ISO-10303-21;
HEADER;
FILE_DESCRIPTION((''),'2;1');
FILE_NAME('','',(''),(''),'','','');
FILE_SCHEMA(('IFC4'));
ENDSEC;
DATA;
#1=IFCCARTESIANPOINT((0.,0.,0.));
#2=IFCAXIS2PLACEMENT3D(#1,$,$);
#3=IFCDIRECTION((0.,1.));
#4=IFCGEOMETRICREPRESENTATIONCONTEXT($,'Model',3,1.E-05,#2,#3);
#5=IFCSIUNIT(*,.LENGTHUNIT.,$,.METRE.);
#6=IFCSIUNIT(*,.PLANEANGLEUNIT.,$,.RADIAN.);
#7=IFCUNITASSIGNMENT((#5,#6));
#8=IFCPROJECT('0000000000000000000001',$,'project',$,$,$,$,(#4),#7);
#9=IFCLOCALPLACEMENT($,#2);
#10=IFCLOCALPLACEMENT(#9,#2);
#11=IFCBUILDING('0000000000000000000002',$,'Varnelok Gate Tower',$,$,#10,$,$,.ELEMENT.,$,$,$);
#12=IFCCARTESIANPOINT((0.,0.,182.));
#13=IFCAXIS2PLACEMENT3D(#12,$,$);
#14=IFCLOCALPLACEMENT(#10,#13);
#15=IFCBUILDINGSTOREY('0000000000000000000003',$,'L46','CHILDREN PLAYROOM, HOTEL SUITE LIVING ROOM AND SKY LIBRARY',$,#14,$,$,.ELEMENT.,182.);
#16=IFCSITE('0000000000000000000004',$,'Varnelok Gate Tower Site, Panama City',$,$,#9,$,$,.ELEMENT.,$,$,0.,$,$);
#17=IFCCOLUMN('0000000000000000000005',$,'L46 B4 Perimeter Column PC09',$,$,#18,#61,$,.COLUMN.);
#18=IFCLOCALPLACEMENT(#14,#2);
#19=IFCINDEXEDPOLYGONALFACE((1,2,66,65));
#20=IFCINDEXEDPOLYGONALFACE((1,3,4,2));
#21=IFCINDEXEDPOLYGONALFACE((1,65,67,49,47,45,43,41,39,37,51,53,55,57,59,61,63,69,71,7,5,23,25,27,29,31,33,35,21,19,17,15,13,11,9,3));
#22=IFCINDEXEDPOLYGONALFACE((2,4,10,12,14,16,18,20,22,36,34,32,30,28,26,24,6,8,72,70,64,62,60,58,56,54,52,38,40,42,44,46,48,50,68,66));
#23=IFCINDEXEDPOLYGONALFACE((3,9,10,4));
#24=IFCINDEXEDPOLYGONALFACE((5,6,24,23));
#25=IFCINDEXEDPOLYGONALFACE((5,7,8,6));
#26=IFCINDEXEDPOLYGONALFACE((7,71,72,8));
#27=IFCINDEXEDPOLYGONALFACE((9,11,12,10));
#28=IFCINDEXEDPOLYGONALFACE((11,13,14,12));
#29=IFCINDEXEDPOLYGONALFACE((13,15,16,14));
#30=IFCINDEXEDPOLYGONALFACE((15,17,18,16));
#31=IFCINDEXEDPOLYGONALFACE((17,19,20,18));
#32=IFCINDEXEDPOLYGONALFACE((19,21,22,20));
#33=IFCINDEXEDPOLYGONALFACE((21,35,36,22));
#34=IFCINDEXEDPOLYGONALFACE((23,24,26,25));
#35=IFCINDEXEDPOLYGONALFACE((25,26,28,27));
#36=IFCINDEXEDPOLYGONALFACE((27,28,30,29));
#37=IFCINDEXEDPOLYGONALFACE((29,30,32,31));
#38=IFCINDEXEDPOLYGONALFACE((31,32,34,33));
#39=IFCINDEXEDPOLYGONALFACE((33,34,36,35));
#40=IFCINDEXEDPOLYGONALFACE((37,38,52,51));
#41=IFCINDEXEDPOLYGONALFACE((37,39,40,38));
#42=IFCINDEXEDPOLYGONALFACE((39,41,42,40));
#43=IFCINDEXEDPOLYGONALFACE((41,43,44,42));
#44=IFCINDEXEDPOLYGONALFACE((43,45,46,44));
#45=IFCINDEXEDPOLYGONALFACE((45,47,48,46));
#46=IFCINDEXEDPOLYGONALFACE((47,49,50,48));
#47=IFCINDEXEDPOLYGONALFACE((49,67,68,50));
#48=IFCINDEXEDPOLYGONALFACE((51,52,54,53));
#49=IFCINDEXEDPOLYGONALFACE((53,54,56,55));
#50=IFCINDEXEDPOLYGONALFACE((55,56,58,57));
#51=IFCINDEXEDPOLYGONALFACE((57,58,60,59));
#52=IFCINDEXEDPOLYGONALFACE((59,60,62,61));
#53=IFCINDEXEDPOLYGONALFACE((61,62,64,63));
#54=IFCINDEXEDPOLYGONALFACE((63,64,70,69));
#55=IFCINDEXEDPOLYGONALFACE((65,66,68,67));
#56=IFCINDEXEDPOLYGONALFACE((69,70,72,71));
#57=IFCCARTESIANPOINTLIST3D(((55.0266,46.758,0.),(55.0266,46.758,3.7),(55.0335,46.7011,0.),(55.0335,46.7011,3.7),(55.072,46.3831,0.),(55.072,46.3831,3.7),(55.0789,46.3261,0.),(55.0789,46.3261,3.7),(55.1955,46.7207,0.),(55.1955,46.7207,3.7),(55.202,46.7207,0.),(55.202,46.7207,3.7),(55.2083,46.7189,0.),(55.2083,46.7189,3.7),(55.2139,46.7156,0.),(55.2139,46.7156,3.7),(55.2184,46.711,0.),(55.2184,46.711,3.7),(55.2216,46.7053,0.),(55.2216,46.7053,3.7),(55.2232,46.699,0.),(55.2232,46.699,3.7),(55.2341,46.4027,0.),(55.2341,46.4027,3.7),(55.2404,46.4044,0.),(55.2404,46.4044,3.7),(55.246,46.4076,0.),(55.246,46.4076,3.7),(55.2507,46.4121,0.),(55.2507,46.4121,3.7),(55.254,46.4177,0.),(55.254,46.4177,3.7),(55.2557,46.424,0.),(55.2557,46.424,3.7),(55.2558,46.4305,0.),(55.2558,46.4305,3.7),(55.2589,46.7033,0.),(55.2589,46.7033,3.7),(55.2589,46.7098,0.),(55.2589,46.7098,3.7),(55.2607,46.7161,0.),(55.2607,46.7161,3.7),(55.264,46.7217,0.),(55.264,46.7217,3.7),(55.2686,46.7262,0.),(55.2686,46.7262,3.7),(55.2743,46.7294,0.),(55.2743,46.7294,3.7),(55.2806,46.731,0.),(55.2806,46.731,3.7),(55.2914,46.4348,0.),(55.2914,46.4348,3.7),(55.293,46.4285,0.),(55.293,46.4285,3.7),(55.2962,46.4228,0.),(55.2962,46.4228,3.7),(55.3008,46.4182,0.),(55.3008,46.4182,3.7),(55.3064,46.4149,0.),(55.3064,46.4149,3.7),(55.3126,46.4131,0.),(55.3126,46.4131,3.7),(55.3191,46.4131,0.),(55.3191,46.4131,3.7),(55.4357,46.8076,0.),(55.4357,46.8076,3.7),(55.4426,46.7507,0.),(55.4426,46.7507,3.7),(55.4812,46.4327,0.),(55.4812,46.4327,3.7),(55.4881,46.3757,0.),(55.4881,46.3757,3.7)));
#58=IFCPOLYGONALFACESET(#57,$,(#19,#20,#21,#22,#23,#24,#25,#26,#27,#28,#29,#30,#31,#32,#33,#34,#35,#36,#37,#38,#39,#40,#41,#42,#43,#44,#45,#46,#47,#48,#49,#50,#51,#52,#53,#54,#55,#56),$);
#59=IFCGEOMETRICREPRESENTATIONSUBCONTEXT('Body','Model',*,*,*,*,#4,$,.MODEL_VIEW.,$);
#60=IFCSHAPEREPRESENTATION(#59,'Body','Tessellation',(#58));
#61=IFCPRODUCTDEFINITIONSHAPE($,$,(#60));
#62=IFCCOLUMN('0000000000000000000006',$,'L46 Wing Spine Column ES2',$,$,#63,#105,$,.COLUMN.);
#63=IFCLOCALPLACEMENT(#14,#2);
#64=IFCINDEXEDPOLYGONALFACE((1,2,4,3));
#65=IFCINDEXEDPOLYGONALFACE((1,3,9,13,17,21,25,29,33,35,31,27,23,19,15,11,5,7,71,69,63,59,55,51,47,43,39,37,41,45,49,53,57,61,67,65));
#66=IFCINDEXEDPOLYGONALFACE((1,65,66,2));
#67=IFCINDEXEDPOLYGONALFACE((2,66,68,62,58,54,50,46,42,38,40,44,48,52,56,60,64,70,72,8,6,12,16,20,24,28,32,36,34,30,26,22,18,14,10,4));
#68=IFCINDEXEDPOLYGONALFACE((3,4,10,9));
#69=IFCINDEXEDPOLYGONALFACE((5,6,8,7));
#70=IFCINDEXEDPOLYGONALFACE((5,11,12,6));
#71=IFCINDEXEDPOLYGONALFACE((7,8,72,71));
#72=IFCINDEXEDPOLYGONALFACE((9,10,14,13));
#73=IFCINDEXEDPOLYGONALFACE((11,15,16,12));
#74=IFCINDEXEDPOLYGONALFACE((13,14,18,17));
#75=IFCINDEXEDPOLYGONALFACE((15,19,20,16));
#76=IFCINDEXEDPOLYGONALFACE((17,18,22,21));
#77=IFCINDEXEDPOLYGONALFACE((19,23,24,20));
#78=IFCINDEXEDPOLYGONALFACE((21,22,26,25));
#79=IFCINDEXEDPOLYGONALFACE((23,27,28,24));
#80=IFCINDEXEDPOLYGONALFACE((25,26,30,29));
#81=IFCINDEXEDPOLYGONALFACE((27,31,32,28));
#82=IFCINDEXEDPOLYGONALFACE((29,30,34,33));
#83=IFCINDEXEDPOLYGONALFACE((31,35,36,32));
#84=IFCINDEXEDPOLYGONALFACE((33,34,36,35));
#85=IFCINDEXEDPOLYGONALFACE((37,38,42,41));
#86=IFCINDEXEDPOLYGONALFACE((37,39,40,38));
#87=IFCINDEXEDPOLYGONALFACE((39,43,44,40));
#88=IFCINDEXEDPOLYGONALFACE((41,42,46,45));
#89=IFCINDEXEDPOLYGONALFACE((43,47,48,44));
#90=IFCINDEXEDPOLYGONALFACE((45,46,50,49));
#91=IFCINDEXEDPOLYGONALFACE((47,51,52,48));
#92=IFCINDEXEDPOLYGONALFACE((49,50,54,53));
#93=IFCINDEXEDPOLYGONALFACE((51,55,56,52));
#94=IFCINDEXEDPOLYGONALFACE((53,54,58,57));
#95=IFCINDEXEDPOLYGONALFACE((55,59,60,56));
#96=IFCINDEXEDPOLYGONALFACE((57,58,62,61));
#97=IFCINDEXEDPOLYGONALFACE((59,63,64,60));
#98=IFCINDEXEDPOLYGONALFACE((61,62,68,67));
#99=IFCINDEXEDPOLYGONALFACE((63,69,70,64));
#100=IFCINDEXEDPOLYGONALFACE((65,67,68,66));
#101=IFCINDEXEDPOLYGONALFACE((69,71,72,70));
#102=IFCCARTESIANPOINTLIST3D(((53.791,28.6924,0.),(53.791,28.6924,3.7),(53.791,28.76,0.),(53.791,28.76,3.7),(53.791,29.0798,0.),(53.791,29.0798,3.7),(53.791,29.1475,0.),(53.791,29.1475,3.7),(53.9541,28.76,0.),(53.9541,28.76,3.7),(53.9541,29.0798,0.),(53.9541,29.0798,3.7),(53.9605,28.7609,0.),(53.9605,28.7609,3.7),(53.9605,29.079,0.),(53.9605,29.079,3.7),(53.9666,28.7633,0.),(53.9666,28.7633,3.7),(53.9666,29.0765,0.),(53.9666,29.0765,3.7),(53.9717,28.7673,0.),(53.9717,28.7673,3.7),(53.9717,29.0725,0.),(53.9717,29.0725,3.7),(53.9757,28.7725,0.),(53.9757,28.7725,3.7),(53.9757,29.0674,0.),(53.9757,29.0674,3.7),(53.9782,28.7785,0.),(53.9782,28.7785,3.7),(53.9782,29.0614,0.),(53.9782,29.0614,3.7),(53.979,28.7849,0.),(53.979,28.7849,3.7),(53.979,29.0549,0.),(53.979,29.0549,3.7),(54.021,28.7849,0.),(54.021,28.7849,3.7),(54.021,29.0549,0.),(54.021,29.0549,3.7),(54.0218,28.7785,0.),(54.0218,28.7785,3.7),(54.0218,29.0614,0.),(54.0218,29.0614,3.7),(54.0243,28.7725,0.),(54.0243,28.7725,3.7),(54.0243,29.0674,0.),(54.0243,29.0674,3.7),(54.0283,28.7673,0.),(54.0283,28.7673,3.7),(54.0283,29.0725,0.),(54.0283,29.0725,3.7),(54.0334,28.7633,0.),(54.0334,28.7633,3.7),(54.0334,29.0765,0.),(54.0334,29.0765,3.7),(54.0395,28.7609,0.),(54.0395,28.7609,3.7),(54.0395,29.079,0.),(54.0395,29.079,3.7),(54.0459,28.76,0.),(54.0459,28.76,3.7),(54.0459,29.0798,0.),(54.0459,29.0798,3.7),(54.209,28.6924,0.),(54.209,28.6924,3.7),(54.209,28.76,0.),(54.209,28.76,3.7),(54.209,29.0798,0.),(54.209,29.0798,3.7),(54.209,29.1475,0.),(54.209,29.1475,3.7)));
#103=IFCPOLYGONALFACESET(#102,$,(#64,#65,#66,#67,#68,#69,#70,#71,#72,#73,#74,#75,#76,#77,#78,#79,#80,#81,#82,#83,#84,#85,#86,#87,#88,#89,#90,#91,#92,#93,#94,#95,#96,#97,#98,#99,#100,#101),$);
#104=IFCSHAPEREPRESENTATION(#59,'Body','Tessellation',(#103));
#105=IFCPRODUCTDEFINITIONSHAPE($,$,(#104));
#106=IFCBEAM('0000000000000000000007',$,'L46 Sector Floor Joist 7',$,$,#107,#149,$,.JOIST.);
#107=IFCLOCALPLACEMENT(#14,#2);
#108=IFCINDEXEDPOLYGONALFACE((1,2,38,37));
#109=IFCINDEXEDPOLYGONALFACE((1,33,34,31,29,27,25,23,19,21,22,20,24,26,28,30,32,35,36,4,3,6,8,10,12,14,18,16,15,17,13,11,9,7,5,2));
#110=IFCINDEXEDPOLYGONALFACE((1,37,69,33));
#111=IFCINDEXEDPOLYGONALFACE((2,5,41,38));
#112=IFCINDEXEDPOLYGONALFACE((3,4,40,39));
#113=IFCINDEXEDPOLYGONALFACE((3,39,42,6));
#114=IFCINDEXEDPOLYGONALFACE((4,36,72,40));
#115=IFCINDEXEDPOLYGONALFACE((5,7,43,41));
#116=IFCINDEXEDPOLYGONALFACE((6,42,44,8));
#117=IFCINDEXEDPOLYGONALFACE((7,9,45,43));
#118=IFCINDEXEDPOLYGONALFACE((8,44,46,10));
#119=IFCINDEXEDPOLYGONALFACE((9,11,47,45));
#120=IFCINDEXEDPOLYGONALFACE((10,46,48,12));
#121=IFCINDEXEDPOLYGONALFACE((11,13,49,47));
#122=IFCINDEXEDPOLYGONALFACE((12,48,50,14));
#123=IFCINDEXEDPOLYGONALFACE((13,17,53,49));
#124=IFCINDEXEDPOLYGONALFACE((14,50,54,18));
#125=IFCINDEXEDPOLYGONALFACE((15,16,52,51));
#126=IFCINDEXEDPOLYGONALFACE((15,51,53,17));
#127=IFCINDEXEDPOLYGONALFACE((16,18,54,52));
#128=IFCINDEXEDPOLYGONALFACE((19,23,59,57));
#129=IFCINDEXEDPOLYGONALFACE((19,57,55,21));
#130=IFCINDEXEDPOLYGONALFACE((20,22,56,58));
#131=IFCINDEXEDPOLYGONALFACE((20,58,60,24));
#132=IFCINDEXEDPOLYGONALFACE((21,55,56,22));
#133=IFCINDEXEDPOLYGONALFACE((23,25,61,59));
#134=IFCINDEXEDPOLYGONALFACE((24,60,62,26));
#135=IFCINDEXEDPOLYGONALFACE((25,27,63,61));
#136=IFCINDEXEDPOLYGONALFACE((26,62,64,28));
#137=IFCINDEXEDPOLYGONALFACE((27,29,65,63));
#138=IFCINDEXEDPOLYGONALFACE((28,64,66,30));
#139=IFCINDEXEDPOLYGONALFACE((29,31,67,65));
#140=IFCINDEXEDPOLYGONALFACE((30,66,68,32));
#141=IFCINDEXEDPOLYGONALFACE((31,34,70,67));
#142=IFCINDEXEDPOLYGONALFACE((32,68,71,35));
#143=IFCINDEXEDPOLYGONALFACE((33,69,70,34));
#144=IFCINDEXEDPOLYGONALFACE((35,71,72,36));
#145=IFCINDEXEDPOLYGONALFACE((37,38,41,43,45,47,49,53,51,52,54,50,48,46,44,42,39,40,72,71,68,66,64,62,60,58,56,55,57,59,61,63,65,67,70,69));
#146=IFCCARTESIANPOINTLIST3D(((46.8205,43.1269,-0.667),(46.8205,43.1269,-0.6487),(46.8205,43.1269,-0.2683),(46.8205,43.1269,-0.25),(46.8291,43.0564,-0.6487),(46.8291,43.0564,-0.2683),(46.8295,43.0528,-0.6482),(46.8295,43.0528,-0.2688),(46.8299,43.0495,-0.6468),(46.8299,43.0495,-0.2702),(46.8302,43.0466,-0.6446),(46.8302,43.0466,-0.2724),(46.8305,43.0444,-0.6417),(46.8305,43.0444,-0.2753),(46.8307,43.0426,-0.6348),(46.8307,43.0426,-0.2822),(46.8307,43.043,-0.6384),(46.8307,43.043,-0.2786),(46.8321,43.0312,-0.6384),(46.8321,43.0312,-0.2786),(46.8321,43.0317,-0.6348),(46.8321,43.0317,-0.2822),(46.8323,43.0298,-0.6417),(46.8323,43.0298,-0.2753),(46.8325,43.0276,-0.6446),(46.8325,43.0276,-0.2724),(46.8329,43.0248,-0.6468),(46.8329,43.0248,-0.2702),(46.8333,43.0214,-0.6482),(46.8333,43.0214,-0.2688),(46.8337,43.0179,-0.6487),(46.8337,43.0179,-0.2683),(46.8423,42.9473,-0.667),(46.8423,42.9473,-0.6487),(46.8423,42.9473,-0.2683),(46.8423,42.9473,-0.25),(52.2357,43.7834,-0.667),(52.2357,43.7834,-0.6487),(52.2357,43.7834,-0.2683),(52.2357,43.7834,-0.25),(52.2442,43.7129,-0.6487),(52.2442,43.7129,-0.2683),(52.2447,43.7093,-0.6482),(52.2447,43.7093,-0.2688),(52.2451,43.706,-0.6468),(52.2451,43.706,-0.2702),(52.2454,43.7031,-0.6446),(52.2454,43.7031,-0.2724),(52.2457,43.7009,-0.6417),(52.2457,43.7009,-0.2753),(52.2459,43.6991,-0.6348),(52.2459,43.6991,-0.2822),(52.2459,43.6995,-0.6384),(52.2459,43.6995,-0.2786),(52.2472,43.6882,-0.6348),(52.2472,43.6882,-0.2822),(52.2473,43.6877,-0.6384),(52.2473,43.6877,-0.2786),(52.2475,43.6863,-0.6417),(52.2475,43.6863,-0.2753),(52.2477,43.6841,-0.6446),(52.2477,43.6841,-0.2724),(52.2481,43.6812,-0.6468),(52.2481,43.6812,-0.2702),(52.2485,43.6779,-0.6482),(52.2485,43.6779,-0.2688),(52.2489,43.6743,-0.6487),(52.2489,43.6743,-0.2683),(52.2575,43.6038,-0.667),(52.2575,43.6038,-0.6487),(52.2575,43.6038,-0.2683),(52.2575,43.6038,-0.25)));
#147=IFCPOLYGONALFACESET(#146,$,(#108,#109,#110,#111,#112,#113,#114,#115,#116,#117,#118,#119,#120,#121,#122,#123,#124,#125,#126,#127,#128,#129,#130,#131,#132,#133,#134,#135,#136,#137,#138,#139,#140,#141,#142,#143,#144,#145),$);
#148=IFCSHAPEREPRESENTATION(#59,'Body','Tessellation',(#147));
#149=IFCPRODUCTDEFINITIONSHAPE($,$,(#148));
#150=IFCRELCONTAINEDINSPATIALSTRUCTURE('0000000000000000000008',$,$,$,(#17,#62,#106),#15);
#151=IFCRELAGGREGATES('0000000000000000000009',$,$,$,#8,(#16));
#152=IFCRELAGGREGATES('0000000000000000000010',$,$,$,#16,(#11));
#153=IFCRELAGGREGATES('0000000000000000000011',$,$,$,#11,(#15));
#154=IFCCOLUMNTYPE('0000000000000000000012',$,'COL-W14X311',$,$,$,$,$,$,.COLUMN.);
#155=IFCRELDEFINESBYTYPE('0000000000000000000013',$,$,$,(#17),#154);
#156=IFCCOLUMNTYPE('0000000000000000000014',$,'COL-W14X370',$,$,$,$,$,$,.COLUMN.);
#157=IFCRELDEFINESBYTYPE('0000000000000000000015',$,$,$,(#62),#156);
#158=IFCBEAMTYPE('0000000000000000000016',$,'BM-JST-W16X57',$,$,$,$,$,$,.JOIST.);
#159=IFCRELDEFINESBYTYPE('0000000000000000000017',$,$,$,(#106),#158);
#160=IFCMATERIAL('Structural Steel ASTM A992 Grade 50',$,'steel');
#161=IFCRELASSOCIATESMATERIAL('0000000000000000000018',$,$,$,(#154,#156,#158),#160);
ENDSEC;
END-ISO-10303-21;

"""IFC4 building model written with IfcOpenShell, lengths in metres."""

from ifc_helpers import new_model, si_unit, direction, frame, origin, origin_2d, place, context, subcontext, project, spatial, i_section, extrude, material, material_profile, profile_set, type_object, element, save


model = new_model("IFC4")

# Units and contexts
model_context = context("Model", 3, precision=1e-05, world=origin(), true_north=direction((0.0, 1.0)))
body_context = subcontext(model_context, "Body", "Model", "MODEL_VIEW")
ifc_project = project(units=[si_unit("LENGTHUNIT", "METRE"), si_unit("PLANEANGLEUNIT", "RADIAN")], contexts=[model_context])

# Site, building, storey
site_placement = place(None, origin())
site = spatial("IfcSite", under=ifc_project, at=site_placement, Name="Varnelok Gate Tower Site, Panama City", CompositionType="ELEMENT", RefElevation=0.0)
building_placement = place(site_placement, origin())
building = spatial("IfcBuilding", under=site, at=building_placement, Name="Varnelok Gate Tower", CompositionType="ELEMENT")
storey_placement = place(building_placement, frame((0.0, 0.0, 182.0)))
storey = spatial("IfcBuildingStorey", under=building, at=storey_placement, Name="L46", Description="CHILDREN PLAYROOM, HOTEL SUITE LIVING ROOM AND SKY LIBRARY", CompositionType="ELEMENT", Elevation=182.0)

# Columns
ifc_material_1 = material(Name="Structural Steel ASTM A992 Grade 50", Category="steel")
ifc_material_profile_1 = material_profile(ifc_material_1, i_section(OverallWidth=0.4121, OverallDepth=0.4351, WebThickness=0.0359, FlangeThickness=0.0574, FilletRadius=0.0249, at=origin_2d()), Name="W14X311")
ifc_profile_set_1 = profile_set([ifc_material_profile_1], Name="Structural Steel ASTM A992 Grade 50")
column_type_1 = type_object("IfcColumnType", Name="COL-W14X311", PredefinedType="COLUMN", material=ifc_profile_set_1)
column_1_placement = place(storey_placement, frame((55.2573, 46.5669, 0.0), z_axis=(0.0, 0.0, 1.0), x_axis=(0.992732, 0.120345, 0.0)))
element("IfcColumn", 1, at=column_1_placement, inside=storey, type_object=column_type_1, Name="L46 B4 Perimeter Column PC09", PredefinedType="COLUMN", context=body_context, shape_type="SweptSolid", body=[
    extrude(i_section(OverallWidth=0.4121, OverallDepth=0.4351, WebThickness=0.0359, FlangeThickness=0.0574, FilletRadius=0.0249, at=origin_2d()), origin(), (0.0, 0.0, 1.0), 3.7),
])
ifc_material_profile_2 = material_profile(ifc_material_1, i_section(OverallWidth=0.418, OverallDepth=0.4551, WebThickness=0.042, FlangeThickness=0.0676, FilletRadius=0.0249, at=origin_2d()), Name="W14X370")
ifc_profile_set_2 = profile_set([ifc_material_profile_2], Name="Structural Steel ASTM A992 Grade 50")
column_type_2 = type_object("IfcColumnType", Name="COL-W14X370", PredefinedType="COLUMN", material=ifc_profile_set_2)
column_2_placement = place(storey_placement, frame((54.0, 28.9199, 0.0), z_axis=(0.0, 0.0, 1.0), x_axis=(1.0, 0.0, 0.0)))
element("IfcColumn", 2, at=column_2_placement, inside=storey, type_object=column_type_2, Name="L46 Wing Spine Column ES2", PredefinedType="COLUMN", context=body_context, shape_type="SweptSolid", body=[
    extrude(i_section(OverallWidth=0.418, OverallDepth=0.4551, WebThickness=0.042, FlangeThickness=0.0676, FilletRadius=0.0249, at=origin_2d()), origin(), (0.0, 0.0, 1.0), 3.7),
])

# Beam
ifc_material_profile_3 = material_profile(ifc_material_1, i_section(OverallWidth=0.1809, OverallDepth=0.417, WebThickness=0.011, FlangeThickness=0.0183, FilletRadius=0.0139, at=origin_2d()), Name="W16X57")
ifc_profile_set_3 = profile_set([ifc_material_profile_3], Name="Structural Steel ASTM A992 Grade 50")
beam_type_1 = type_object("IfcBeamType", Name="BM-JST-W16X57", PredefinedType="JOIST", material=ifc_profile_set_3)
beam_1_placement = place(storey_placement, frame((52.2466, 43.6936, -0.4585), z_axis=(-0.992732, -0.120349, 0.0), x_axis=(0.120349, -0.992732, 0.0)))
element("IfcBeam", 3, at=beam_1_placement, inside=storey, type_object=beam_type_1, Name="L46 Sector Floor Joist 7", PredefinedType="JOIST", context=body_context, shape_type="SweptSolid", body=[
    extrude(i_section(OverallWidth=0.1809, OverallDepth=0.417, WebThickness=0.011, FlangeThickness=0.0183, FilletRadius=0.0139, at=origin_2d()), origin(), (0.0, 0.0, 1.0), 5.4548),
])

save(model, "model.ifc")
